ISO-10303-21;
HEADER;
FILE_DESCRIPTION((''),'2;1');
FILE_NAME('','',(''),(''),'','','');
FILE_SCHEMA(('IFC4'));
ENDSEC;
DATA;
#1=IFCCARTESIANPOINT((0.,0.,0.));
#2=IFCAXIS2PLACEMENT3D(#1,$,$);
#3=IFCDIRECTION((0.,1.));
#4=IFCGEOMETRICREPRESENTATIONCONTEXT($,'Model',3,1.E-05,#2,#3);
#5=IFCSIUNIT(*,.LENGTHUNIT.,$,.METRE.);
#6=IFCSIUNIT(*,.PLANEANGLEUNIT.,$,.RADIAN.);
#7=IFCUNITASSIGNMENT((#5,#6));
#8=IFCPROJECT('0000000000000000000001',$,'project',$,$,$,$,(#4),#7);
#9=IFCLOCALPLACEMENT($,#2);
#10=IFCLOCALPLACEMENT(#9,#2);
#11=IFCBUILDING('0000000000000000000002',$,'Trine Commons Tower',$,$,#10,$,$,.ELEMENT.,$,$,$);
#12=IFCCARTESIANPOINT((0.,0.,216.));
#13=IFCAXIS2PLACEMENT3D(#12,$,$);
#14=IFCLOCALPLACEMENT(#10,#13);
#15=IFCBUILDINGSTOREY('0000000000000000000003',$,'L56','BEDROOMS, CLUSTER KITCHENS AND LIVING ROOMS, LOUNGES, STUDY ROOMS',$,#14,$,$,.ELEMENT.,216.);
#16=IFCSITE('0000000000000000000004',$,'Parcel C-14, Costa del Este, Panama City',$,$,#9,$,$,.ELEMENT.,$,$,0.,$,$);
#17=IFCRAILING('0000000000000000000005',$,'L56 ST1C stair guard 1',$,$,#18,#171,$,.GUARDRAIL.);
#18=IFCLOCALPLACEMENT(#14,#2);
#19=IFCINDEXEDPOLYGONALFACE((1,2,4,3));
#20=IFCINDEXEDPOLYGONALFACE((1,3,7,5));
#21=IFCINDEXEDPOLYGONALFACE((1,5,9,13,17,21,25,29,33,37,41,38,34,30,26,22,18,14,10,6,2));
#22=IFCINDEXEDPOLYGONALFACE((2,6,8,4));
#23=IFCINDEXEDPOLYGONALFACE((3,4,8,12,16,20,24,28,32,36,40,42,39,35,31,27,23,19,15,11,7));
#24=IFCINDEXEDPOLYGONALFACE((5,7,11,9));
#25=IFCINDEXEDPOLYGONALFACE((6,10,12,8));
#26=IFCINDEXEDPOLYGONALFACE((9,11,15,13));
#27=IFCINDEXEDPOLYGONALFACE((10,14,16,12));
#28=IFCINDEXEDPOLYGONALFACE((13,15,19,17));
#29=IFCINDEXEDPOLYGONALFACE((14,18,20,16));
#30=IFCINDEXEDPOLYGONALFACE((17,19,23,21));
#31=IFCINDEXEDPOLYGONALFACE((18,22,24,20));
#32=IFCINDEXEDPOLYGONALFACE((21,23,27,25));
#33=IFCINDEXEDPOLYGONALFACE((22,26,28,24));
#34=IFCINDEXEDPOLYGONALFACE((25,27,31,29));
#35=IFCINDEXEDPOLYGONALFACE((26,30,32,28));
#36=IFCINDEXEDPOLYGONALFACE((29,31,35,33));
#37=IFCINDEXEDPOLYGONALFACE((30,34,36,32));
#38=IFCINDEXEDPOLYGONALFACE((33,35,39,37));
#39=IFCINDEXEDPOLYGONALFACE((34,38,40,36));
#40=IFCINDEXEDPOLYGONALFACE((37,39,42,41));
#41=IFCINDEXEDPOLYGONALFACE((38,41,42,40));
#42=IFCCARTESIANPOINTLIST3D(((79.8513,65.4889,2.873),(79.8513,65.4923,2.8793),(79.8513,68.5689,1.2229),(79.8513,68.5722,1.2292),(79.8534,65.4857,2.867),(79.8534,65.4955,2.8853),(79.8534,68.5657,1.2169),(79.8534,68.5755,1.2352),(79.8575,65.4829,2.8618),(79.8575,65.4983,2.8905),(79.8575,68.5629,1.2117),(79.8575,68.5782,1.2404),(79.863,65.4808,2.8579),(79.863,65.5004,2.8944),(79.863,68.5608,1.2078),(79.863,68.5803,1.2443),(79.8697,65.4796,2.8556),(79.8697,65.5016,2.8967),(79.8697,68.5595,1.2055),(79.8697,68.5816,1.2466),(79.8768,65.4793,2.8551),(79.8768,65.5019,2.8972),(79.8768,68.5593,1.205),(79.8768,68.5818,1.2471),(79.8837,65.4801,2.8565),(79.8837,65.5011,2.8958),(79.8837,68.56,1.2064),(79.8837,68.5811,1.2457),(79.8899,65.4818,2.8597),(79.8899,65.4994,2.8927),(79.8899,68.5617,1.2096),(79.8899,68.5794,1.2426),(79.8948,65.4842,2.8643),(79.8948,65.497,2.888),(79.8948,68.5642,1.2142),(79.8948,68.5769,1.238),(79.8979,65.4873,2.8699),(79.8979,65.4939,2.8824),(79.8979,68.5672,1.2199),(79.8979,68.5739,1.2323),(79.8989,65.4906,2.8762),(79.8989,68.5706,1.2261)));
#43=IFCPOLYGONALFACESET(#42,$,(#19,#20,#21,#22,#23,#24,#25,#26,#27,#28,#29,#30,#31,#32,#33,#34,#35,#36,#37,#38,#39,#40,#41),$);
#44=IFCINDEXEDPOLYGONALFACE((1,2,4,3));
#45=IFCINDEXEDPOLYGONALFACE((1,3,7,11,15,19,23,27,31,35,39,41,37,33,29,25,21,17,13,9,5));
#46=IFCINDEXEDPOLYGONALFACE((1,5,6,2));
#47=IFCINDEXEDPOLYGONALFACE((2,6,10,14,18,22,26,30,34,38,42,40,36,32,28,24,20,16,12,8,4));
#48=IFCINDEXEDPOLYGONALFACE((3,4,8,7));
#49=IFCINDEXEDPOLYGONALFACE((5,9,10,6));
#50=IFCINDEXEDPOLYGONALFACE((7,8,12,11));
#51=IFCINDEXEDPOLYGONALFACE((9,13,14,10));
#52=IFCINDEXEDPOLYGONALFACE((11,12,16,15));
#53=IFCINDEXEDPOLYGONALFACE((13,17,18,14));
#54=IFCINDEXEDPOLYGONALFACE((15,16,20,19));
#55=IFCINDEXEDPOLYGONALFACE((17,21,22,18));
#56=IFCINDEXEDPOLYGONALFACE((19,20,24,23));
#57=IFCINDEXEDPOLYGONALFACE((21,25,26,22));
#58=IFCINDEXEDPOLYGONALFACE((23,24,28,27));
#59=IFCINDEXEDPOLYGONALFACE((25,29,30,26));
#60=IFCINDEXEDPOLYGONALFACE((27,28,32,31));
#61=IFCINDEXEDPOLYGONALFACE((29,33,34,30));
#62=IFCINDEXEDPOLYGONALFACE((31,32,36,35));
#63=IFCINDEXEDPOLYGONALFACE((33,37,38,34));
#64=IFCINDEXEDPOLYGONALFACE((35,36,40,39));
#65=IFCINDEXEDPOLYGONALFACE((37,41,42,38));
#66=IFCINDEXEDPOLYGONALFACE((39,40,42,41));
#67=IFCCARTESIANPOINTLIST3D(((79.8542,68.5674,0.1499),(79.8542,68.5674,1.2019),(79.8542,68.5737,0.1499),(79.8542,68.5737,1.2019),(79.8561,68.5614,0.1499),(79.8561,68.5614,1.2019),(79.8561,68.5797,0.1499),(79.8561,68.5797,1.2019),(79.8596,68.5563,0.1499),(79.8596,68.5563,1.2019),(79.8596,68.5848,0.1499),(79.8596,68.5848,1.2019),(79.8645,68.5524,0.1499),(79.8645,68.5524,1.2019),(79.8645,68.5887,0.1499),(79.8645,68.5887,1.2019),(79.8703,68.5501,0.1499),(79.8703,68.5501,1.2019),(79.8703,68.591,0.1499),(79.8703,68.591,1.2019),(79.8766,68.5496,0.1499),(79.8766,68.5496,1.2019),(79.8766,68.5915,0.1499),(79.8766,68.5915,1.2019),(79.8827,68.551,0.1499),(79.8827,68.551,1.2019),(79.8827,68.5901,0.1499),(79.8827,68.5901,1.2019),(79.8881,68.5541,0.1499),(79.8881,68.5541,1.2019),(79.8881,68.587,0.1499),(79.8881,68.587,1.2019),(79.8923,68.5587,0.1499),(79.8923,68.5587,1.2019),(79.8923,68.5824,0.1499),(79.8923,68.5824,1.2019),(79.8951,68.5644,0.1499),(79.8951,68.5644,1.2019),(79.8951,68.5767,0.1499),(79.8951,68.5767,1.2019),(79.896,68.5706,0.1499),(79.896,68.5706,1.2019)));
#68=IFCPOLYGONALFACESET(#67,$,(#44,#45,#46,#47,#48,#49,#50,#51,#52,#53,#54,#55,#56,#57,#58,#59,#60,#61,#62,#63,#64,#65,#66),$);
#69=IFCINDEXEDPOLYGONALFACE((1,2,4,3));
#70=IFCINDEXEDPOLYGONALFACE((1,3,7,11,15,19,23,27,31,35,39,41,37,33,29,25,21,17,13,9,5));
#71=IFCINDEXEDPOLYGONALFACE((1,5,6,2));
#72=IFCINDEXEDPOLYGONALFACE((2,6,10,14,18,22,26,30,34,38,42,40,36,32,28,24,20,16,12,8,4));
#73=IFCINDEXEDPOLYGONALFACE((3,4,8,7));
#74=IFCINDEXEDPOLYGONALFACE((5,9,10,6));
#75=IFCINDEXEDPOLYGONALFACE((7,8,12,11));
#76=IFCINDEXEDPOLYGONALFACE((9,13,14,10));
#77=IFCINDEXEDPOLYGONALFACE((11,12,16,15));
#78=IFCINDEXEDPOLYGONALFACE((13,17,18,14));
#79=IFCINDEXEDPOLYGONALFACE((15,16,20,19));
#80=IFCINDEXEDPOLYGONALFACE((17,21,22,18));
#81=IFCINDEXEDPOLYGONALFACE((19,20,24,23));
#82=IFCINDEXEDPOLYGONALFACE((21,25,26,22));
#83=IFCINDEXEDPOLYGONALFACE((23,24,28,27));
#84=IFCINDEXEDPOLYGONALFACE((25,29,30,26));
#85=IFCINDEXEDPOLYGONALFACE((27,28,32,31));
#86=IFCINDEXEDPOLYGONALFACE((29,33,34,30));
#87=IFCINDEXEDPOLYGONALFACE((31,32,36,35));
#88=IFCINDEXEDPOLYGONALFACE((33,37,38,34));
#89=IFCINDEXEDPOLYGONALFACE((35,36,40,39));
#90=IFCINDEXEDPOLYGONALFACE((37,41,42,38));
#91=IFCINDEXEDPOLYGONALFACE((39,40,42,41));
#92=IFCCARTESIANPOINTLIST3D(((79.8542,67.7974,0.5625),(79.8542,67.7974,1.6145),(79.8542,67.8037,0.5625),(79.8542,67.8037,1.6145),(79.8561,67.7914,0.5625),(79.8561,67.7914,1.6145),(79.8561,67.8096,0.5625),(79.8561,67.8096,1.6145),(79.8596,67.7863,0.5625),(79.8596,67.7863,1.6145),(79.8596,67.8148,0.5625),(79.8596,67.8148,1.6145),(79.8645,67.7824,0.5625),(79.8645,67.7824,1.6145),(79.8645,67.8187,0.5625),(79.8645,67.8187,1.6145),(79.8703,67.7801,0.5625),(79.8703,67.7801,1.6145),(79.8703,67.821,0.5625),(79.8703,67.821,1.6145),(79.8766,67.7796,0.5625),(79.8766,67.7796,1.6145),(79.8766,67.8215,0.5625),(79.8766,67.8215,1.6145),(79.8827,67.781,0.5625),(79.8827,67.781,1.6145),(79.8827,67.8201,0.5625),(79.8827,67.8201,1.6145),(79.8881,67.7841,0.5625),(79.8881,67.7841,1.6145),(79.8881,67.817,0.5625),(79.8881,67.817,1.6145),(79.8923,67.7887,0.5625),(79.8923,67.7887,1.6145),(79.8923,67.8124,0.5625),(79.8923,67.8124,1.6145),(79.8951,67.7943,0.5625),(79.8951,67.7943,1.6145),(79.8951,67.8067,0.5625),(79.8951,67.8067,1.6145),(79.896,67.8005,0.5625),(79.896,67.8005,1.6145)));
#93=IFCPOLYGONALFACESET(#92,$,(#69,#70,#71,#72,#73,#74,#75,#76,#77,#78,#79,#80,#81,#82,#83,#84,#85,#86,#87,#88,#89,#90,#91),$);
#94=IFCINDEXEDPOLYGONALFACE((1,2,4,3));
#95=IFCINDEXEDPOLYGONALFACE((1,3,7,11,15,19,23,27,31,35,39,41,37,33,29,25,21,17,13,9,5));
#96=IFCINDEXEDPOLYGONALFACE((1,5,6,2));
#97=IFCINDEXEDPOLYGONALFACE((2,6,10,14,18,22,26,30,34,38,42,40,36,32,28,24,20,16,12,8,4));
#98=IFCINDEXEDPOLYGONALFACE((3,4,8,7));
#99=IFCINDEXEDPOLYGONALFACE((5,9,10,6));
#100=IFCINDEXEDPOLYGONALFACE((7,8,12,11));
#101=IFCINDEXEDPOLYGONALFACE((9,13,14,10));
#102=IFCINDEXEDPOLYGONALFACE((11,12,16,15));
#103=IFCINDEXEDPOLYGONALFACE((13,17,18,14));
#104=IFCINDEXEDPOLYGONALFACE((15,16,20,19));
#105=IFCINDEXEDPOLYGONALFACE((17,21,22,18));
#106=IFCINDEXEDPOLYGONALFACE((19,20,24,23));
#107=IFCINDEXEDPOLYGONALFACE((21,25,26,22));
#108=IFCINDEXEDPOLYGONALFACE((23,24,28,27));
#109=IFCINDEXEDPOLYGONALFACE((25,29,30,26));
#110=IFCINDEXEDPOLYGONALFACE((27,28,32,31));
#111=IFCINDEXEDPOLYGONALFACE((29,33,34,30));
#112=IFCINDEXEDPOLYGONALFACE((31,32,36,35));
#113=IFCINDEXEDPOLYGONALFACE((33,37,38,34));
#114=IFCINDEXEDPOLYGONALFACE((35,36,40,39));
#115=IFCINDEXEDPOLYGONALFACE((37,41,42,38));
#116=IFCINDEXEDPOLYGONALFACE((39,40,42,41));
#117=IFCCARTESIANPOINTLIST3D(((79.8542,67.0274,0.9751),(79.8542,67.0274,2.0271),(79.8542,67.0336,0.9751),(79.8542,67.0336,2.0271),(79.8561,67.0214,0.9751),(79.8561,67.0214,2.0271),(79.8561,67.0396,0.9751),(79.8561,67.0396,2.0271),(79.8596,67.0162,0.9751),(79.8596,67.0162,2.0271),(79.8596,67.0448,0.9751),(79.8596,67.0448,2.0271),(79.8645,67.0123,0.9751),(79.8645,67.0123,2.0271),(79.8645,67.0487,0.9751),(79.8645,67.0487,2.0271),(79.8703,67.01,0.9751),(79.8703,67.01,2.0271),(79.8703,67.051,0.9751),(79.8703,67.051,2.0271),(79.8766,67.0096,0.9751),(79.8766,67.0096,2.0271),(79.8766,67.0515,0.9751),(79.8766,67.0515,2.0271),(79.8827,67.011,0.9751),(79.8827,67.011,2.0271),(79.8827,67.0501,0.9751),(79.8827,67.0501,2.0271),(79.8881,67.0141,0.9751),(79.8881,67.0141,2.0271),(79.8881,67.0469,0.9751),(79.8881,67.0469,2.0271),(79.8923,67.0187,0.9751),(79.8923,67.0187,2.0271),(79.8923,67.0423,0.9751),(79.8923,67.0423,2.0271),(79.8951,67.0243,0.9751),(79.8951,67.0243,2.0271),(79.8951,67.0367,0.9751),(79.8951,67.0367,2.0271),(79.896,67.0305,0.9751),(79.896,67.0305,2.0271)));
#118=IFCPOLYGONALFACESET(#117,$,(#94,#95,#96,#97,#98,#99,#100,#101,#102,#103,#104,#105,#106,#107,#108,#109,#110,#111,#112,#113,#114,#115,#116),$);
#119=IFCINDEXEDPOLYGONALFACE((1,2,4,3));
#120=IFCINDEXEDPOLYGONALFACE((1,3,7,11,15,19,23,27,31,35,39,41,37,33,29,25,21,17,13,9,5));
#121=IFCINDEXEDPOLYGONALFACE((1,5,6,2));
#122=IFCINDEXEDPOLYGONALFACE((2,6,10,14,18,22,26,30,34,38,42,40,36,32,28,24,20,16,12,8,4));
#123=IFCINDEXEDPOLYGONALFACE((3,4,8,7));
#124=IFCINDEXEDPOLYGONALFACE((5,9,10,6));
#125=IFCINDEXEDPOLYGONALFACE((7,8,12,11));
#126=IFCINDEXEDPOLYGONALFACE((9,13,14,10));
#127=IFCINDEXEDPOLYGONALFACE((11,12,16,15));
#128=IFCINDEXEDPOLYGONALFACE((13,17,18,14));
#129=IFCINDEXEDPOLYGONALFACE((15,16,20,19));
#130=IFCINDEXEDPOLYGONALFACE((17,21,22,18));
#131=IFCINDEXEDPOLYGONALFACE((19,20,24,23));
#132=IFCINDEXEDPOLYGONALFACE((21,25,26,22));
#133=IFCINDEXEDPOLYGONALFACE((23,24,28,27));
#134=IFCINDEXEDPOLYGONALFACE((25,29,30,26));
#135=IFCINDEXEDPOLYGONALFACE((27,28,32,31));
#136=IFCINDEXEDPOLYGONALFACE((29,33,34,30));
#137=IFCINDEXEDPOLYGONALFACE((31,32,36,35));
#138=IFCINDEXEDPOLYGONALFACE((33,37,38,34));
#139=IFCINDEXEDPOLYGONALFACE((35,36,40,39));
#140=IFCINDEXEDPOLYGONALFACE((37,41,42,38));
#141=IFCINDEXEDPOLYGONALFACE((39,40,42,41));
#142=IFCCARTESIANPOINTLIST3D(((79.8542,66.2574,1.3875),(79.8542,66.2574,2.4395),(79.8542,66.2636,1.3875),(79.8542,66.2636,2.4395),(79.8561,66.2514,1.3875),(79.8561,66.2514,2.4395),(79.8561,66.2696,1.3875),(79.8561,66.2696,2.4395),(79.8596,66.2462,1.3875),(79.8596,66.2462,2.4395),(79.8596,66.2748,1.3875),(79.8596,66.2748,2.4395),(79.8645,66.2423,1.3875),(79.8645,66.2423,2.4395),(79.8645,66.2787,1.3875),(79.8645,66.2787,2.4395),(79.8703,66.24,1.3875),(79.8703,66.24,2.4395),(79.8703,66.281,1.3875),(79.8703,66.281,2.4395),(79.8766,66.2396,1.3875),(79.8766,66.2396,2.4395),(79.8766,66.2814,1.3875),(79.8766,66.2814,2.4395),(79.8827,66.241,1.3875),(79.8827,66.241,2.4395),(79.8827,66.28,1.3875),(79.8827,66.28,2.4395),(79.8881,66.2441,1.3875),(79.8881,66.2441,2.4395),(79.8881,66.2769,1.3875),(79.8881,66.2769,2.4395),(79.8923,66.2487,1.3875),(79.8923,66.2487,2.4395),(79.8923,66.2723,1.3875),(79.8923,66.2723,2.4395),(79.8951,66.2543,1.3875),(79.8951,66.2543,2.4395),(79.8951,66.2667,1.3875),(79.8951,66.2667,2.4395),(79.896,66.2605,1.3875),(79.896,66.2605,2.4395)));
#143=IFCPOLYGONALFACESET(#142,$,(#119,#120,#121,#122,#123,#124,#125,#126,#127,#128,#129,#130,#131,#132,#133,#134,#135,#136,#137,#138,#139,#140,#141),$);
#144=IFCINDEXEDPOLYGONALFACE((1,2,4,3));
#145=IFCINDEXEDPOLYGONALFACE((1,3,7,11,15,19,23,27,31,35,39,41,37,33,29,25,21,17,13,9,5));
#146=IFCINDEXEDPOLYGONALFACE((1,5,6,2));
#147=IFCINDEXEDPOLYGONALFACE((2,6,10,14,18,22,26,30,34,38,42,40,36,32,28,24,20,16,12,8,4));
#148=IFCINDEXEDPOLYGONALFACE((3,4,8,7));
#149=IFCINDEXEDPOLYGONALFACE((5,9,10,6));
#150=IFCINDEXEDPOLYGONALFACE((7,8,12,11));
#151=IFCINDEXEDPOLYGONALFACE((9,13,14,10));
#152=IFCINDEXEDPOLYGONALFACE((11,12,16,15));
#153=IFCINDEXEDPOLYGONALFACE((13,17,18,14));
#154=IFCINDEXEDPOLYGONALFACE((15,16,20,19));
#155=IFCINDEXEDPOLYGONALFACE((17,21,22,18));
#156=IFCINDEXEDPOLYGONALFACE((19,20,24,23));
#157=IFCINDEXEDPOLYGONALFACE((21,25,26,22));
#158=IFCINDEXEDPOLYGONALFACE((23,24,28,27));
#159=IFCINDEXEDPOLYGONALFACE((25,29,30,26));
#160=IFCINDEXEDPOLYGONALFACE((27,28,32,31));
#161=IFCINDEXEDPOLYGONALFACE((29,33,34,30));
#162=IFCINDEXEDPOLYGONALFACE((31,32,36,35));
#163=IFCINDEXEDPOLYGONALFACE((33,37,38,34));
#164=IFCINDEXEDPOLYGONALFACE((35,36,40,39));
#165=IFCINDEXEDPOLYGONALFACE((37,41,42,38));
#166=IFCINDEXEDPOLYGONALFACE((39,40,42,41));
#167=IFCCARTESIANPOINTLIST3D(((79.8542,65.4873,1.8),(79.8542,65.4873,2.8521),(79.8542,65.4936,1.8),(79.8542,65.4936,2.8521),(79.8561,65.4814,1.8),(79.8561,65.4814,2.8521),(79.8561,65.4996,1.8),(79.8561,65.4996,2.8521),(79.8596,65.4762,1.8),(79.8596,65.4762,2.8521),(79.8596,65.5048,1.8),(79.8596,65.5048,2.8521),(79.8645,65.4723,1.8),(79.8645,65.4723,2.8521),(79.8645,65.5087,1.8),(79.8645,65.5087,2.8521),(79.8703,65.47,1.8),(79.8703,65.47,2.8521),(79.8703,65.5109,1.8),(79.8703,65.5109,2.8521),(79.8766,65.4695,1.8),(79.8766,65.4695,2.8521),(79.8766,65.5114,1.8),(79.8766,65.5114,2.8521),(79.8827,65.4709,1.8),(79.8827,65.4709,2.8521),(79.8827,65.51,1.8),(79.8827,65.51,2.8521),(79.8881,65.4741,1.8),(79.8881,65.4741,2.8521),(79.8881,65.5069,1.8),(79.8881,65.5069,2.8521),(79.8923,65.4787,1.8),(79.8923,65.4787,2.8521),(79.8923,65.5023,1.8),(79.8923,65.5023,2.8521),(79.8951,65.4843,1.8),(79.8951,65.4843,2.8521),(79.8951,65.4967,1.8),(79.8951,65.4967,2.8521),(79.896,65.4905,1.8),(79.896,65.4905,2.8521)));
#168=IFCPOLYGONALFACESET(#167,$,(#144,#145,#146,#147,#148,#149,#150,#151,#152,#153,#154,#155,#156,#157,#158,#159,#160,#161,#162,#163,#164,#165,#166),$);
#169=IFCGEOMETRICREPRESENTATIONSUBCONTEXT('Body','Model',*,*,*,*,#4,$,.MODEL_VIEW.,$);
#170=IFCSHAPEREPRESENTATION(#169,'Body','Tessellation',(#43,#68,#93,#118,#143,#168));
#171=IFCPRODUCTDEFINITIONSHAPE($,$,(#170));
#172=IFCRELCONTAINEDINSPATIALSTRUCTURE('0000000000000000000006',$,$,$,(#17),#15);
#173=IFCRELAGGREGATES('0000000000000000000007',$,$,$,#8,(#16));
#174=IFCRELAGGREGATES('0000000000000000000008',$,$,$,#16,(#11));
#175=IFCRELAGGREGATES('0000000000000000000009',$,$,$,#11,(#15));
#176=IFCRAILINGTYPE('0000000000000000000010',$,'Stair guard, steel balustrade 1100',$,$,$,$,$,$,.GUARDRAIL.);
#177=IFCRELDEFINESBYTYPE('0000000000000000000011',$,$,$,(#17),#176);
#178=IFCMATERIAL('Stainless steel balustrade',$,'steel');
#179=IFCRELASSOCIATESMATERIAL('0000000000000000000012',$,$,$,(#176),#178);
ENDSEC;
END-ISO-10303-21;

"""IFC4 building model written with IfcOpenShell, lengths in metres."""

from ifc_helpers import new_model, si_unit, direction, frame, origin, origin_2d, place, context, subcontext, project, spatial, circle, extrude, material, type_object, element, save


model = new_model("IFC4")

# Units and contexts
model_context = context("Model", 3, precision=1e-05, world=origin(), true_north=direction((0.0, 1.0)))
body_context = subcontext(model_context, "Body", "Model", "MODEL_VIEW")
ifc_project = project(units=[si_unit("LENGTHUNIT", "METRE"), si_unit("PLANEANGLEUNIT", "RADIAN")], contexts=[model_context])

# Site, building, storey
site_placement = place(None, origin())
site = spatial("IfcSite", under=ifc_project, at=site_placement, Name="Parcel C-14, Costa del Este, Panama City", CompositionType="ELEMENT", RefElevation=0.0)
building_placement = place(site_placement, origin())
building = spatial("IfcBuilding", under=site, at=building_placement, Name="Trine Commons Tower", CompositionType="ELEMENT")
storey_placement = place(building_placement, frame((0.0, 0.0, 216.0)))
storey = spatial("IfcBuildingStorey", under=building, at=storey_placement, Name="L56", Description="BEDROOMS, CLUSTER KITCHENS AND LIVING ROOMS, LOUNGES, STUDY ROOMS", CompositionType="ELEMENT", Elevation=216.0)

# Railing
ifc_material_1 = material(Name="Stainless steel balustrade", Category="steel")
railing_type_1 = type_object("IfcRailingType", Name="Stair guard, steel balustrade 1100", PredefinedType="GUARDRAIL", material=ifc_material_1)
railing_1_placement = place(storey_placement, frame((79.875, 68.5706, 0.1499)))
element("IfcRailing", 1, at=railing_1_placement, inside=storey, type_object=railing_type_1, Name="L56 ST1C stair guard 1", PredefinedType="GUARDRAIL", context=body_context, shape_type="SweptSolid", body=[
    extrude(circle(Radius=0.0239, at=origin_2d()), frame((0.0, 0.0, 1.0762), z_axis=(0.0, -0.881468, 0.472245), x_axis=(1.0, 0.0, 0.0)), (0.0, 0.0, 1.0), 3.4941),
    extrude(circle(Radius=0.021, at=origin_2d()), origin(), (0.0, 0.0, 1.0), 1.052),
    extrude(circle(Radius=0.021, at=origin_2d()), frame((0.0, -0.77, 0.4126)), (0.0, 0.0, 1.0), 1.052),
    extrude(circle(Radius=0.021, at=origin_2d()), frame((0.0, -1.54, 0.8252)), (0.0, 0.0, 1.0), 1.052),
    extrude(circle(Radius=0.021, at=origin_2d()), frame((0.0, -2.3101, 1.2375)), (0.0, 0.0, 1.0), 1.052),
    extrude(circle(Radius=0.021, at=origin_2d()), frame((0.0, -3.0801, 1.6501)), (0.0, 0.0, 1.0), 1.052),
])

save(model, "model.ifc")
